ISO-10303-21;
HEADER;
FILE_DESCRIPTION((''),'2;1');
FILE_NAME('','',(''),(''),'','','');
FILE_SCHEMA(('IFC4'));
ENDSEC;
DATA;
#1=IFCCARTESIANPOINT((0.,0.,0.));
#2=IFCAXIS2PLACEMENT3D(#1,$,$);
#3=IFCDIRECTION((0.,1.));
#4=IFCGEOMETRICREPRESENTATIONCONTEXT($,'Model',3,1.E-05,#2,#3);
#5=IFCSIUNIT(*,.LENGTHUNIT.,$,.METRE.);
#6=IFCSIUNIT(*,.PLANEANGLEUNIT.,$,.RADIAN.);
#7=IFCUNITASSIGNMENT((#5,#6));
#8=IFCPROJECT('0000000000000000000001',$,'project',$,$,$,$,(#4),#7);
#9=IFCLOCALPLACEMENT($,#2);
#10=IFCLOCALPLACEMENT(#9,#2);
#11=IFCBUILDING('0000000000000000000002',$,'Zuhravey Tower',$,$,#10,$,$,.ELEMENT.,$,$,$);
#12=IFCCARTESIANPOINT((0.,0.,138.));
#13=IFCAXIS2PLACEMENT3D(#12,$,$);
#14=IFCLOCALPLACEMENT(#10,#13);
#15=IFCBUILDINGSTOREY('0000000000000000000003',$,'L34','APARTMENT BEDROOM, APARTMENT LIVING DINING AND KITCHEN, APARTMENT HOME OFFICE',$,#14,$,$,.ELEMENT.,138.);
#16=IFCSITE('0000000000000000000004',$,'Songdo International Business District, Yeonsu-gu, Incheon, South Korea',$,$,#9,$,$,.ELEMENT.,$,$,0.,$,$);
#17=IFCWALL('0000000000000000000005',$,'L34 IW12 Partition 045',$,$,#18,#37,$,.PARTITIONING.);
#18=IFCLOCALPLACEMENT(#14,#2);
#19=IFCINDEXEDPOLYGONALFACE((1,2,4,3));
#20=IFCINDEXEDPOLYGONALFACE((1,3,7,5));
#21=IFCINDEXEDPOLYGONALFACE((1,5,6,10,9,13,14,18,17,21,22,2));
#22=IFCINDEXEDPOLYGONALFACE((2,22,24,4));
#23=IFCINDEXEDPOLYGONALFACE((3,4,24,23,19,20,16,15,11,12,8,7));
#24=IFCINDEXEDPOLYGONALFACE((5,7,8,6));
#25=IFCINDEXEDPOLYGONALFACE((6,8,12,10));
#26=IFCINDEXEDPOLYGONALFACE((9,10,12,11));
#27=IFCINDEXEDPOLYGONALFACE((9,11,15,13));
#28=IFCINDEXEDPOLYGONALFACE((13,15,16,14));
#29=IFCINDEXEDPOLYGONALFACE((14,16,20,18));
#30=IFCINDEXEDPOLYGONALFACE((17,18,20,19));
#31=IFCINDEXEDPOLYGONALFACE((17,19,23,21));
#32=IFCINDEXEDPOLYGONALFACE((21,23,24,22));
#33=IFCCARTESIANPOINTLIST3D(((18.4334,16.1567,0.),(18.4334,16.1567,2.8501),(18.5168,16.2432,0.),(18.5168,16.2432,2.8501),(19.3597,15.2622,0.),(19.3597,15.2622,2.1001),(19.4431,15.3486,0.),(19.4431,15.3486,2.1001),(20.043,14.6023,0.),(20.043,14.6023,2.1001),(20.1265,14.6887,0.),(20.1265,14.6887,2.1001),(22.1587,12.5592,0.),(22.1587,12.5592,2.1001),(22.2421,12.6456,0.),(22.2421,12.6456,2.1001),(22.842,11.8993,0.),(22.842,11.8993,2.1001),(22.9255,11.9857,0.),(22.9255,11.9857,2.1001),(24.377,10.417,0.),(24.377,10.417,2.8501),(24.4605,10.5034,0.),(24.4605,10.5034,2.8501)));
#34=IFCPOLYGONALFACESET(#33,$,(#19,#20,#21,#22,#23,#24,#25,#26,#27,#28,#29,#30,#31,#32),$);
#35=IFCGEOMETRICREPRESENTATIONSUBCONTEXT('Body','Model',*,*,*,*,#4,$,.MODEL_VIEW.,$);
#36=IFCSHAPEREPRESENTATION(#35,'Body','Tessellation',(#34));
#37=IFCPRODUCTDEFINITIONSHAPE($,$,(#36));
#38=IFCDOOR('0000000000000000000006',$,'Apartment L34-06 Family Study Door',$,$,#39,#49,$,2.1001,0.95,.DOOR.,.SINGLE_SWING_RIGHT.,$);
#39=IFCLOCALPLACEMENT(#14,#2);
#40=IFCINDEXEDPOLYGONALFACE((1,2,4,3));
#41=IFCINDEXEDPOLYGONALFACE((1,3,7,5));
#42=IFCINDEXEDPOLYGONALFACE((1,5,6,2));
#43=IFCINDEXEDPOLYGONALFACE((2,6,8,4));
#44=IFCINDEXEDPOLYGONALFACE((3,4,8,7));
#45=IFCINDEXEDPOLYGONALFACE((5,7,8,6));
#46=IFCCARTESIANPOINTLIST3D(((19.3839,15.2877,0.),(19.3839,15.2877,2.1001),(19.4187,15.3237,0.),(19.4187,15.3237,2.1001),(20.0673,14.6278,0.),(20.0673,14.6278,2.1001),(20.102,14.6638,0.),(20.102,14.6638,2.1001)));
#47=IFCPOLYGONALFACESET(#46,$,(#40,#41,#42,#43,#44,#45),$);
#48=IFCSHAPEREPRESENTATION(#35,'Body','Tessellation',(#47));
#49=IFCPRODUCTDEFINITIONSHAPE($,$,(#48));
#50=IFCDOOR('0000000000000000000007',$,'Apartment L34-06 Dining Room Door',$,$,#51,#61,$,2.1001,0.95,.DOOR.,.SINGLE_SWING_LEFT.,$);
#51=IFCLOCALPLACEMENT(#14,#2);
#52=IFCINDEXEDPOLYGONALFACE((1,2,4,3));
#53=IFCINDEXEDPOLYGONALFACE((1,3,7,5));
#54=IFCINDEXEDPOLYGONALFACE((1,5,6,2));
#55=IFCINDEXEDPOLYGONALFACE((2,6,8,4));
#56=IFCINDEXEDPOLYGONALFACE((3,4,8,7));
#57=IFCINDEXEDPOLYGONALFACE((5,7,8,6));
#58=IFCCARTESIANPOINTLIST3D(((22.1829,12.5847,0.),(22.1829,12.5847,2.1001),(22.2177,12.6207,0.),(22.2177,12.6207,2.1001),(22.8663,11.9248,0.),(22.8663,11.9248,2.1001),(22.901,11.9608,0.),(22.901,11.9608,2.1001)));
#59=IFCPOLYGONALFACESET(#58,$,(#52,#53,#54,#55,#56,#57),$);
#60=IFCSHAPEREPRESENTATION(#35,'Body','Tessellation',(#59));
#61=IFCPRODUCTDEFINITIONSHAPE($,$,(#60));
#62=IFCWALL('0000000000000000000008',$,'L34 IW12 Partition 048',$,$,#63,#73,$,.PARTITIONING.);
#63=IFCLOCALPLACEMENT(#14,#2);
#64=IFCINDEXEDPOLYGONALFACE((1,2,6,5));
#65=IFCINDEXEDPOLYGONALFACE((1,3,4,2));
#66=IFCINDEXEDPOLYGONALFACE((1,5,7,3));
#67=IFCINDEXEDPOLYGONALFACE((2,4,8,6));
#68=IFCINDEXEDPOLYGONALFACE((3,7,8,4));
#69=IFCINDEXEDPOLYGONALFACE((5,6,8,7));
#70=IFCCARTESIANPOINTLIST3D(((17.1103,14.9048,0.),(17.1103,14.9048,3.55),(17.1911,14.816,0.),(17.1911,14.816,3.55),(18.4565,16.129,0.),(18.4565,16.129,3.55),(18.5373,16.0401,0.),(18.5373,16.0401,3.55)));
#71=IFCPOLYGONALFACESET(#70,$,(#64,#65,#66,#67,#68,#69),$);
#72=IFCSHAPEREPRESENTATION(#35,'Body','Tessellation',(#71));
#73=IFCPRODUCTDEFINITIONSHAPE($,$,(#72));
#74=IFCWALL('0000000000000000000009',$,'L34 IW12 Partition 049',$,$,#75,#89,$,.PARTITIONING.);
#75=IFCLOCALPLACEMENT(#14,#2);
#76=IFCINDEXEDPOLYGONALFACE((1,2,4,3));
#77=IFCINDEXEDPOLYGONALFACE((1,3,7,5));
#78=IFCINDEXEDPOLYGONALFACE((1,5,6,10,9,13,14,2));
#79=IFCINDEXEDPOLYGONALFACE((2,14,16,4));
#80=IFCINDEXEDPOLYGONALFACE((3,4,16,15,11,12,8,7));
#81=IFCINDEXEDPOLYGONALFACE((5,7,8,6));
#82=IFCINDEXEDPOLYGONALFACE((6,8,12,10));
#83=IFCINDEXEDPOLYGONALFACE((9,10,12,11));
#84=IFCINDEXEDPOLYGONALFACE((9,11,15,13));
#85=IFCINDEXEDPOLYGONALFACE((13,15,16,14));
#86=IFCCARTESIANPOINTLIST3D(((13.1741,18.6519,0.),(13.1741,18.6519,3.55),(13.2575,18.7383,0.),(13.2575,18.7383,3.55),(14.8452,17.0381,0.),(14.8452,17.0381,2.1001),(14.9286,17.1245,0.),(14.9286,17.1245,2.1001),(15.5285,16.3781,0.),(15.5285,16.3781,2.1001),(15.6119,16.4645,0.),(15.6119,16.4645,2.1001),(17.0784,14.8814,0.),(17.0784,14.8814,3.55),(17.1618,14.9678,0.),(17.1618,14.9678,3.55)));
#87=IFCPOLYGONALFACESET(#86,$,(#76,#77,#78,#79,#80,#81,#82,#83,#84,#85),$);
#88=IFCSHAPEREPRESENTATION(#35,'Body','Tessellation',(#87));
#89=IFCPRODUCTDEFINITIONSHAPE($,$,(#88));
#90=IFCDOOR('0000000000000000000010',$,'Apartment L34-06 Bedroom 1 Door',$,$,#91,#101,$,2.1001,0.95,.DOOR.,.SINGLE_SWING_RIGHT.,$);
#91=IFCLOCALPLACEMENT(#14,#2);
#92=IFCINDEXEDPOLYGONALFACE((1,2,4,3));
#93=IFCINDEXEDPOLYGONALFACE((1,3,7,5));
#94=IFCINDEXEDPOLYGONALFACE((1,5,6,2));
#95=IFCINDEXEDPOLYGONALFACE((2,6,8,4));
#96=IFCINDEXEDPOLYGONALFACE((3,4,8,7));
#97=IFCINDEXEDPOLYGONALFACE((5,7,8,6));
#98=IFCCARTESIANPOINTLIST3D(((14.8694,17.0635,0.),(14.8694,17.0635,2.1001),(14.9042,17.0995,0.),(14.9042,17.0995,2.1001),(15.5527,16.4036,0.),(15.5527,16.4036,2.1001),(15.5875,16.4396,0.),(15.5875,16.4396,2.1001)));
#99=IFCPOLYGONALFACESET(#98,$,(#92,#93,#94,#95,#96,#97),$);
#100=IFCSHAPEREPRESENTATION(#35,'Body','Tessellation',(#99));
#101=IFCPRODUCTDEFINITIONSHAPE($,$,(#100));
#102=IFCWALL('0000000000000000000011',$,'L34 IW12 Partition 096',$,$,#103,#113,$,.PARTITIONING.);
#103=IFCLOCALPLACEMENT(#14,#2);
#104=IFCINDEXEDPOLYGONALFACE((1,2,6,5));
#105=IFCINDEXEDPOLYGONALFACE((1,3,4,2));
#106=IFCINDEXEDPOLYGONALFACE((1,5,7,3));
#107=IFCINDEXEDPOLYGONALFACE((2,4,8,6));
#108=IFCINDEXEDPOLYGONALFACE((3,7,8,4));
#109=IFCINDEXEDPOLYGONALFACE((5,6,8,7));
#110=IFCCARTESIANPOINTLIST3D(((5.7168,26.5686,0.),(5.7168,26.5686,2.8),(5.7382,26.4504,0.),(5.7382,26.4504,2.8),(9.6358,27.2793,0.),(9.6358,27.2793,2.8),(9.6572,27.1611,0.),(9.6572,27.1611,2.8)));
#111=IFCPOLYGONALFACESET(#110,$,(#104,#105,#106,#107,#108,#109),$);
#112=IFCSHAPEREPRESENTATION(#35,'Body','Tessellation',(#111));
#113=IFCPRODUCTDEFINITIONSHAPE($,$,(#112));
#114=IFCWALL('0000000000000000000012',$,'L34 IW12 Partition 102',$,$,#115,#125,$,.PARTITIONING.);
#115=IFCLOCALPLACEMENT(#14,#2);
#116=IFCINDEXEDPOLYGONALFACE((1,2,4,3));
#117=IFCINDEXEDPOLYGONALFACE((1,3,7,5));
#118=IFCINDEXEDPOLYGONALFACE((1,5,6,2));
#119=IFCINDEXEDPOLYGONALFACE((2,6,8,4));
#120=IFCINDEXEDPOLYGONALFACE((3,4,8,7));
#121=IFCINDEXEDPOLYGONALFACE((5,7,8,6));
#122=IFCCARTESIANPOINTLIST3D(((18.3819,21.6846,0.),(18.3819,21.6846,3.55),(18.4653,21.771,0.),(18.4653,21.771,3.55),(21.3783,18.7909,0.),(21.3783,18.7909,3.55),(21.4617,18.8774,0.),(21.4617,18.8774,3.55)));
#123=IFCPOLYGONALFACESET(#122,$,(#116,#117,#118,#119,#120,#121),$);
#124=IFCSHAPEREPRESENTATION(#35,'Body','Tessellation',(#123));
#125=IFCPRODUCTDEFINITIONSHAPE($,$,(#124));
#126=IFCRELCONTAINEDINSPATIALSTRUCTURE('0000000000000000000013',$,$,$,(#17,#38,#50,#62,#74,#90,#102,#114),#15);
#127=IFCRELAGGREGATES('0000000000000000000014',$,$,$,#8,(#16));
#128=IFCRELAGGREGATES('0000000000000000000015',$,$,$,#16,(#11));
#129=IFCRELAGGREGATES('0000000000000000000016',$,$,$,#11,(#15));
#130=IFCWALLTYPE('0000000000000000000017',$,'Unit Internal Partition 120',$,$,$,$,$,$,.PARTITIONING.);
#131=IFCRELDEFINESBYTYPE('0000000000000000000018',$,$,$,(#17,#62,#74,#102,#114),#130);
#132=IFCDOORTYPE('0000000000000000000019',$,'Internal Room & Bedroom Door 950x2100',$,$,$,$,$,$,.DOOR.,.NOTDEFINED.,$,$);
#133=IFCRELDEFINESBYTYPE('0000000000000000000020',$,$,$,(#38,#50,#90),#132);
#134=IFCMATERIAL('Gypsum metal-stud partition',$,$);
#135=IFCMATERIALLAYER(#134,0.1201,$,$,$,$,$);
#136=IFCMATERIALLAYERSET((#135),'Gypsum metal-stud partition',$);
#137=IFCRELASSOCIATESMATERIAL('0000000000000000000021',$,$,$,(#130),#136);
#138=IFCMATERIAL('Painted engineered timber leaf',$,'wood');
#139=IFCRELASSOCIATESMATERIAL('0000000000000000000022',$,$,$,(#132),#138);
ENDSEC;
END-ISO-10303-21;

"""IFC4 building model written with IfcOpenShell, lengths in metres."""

from ifc_helpers import new_model, si_unit, direction, frame, frame_2d, origin, place, context, subcontext, project, spatial, rectangle, extrude, material, layer, layer_set, type_object, element, fill, save


model = new_model("IFC4")

# Units and contexts
model_context = context("Model", 3, precision=1e-05, world=origin(), true_north=direction((0.0, 1.0)))
body_context = subcontext(model_context, "Body", "Model", "MODEL_VIEW")
ifc_project = project(units=[si_unit("LENGTHUNIT", "METRE"), si_unit("PLANEANGLEUNIT", "RADIAN")], contexts=[model_context])

# Site, building, storey
site_placement = place(None, origin())
site = spatial("IfcSite", under=ifc_project, at=site_placement, Name="Songdo International Business District, Yeonsu-gu, Incheon, South Korea", CompositionType="ELEMENT", RefElevation=0.0)
building_placement = place(site_placement, origin())
building = spatial("IfcBuilding", under=site, at=building_placement, Name="Zuhravey Tower", CompositionType="ELEMENT")
storey_placement = place(building_placement, frame((0.0, 0.0, 138.0)))
storey = spatial("IfcBuildingStorey", under=building, at=storey_placement, Name="L34", Description="APARTMENT BEDROOM, APARTMENT LIVING DINING AND KITCHEN, APARTMENT HOME OFFICE", CompositionType="ELEMENT", Elevation=138.0)

# Shared definitions
ifc_material_1 = material(Name="Gypsum metal-stud partition")
ifc_layer_1 = layer(ifc_material_1, 0.1201)
ifc_layer_set_1 = layer_set([ifc_layer_1], Name="Gypsum metal-stud partition")
wall_type = type_object("IfcWallType", Name="Unit Internal Partition 120", PredefinedType="PARTITIONING", material=ifc_layer_set_1)

# Shared definitions
ifc_material_2 = material(Name="Painted engineered timber leaf", Category="wood")
door_type = type_object("IfcDoorType", Name="Internal Room & Bedroom Door 950x2100", OperationType="NOTDEFINED", PredefinedType="DOOR", material=ifc_material_2)

# Wall, openings, doors
wall_1_placement = place(storey_placement, frame((18.4751, 16.2, 0.0), z_axis=(0.0, 0.0, 1.0), x_axis=(0.719335, -0.694663, 0.0)))
wall_1 = element("IfcWall", 1, at=wall_1_placement, inside=storey, type_object=wall_type, Name="L34 IW12 Partition 045", PredefinedType="PARTITIONING", context=body_context, shape_type="SweptSolid", body=[
    extrude(rectangle(XDim=8.2627, YDim=0.1201, at=frame_2d((4.1313, 0.0))), origin(), (0.0, 0.0, 1.0), 2.8501),
])
opening_1_placement = place(wall_1_placement, frame((1.2876, 0.0, 0.0)))
opening_1 = element("IfcOpeningElement", 2, at=opening_1_placement, cuts=wall_1, PredefinedType="OPENING", context=body_context, shape_type="SweptSolid", body=[
    extrude(rectangle(XDim=0.95, YDim=2.1001, at=frame_2d((0.4751, 1.05))), frame((0.0, 0.072, 0.0), z_axis=(0.0, -1.0, 0.0), x_axis=(1.0, 0.0, 0.0)), (0.0, 0.0, 1.0), 0.144),
])
opening_2_placement = place(wall_1_placement, frame((5.1787, 0.0, 0.0)))
opening_2 = element("IfcOpeningElement", 3, at=opening_2_placement, cuts=wall_1, PredefinedType="OPENING", context=body_context, shape_type="SweptSolid", body=[
    extrude(rectangle(XDim=0.95, YDim=2.1001, at=frame_2d((0.4751, 1.05))), frame((0.0, 0.072, 0.0), z_axis=(0.0, -1.0, 0.0), x_axis=(1.0, 0.0, 0.0)), (0.0, 0.0, 1.0), 0.144),
])
door_1_placement = place(opening_1_placement, frame((0.95, 0.0, 0.0), z_axis=(0.0, 0.0, 1.0), x_axis=(-1.0, 0.0, 0.0)))
door_1 = element("IfcDoor", 4, at=door_1_placement, inside=storey, type_object=door_type, Name="Apartment L34-06 Family Study Door", OperationType="SINGLE_SWING_RIGHT", OverallHeight=2.1001, OverallWidth=0.95, PredefinedType="DOOR", context=body_context, shape_type="SweptSolid", body=[
    extrude(rectangle(XDim=0.95, YDim=2.1001, at=frame_2d((0.4751, 1.05))), frame((0.0, 0.0249, 0.0), z_axis=(0.0, -1.0, 0.0), x_axis=(1.0, 0.0, 0.0)), (0.0, 0.0, 1.0), 0.05),
])
fill(opening_1, door_1)
door_2_placement = place(opening_2_placement, frame((0.95, 0.0, 0.0), z_axis=(0.0, 0.0, 1.0), x_axis=(-1.0, 0.0, 0.0)))
door_2 = element("IfcDoor", 5, at=door_2_placement, inside=storey, type_object=door_type, Name="Apartment L34-06 Dining Room Door", OperationType="SINGLE_SWING_LEFT", OverallHeight=2.1001, OverallWidth=0.95, PredefinedType="DOOR", context=body_context, shape_type="SweptSolid", body=[
    extrude(rectangle(XDim=0.95, YDim=2.1001, at=frame_2d((0.4751, 1.05))), frame((0.0, 0.0249, 0.0), z_axis=(0.0, -1.0, 0.0), x_axis=(1.0, 0.0, 0.0)), (0.0, 0.0, 1.0), 0.05),
])
fill(opening_2, door_2)

# Wall
wall_2_placement = place(storey_placement, frame((18.4968, 16.0845, 0.0), z_axis=(0.0, 0.0, 1.0), x_axis=(-0.739855, -0.672766, 0.0)))
element("IfcWall", 6, at=wall_2_placement, inside=storey, type_object=wall_type, Name="L34 IW12 Partition 048", PredefinedType="PARTITIONING", context=body_context, shape_type="SweptSolid", body=[
    extrude(rectangle(XDim=1.8196, YDim=0.1201, at=frame_2d((0.9097, 0.0))), origin(), (0.0, 0.0, 1.0), 3.55),
])

# Wall, opening, door
wall_3_placement = place(storey_placement, frame((13.2158, 18.6951, 0.0), z_axis=(0.0, 0.0, 1.0), x_axis=(0.719324, -0.694675, 0.0)))
wall_3 = element("IfcWall", 7, at=wall_3_placement, inside=storey, type_object=wall_type, Name="L34 IW12 Partition 049", PredefinedType="PARTITIONING", context=body_context, shape_type="SweptSolid", body=[
    extrude(rectangle(XDim=5.4277, YDim=0.1201, at=frame_2d((2.7139, 0.0))), origin(), (0.0, 0.0, 1.0), 3.55),
])
opening_3_placement = place(wall_3_placement, frame((2.323, 0.0, 0.0)))
opening_3 = element("IfcOpeningElement", 8, at=opening_3_placement, cuts=wall_3, PredefinedType="OPENING", context=body_context, shape_type="SweptSolid", body=[
    extrude(rectangle(XDim=0.95, YDim=2.1001, at=frame_2d((0.4751, 1.05))), frame((0.0, 0.072, 0.0), z_axis=(0.0, -1.0, 0.0), x_axis=(1.0, 0.0, 0.0)), (0.0, 0.0, 1.0), 0.144),
])
door_3_placement = place(opening_3_placement, frame((0.95, 0.0, 0.0), z_axis=(0.0, 0.0, 1.0), x_axis=(-1.0, 0.0, 0.0)))
door_3 = element("IfcDoor", 9, at=door_3_placement, inside=storey, type_object=door_type, Name="Apartment L34-06 Bedroom 1 Door", OperationType="SINGLE_SWING_RIGHT", OverallHeight=2.1001, OverallWidth=0.95, PredefinedType="DOOR", context=body_context, shape_type="SweptSolid", body=[
    extrude(rectangle(XDim=0.95, YDim=2.1001, at=frame_2d((0.4751, 1.05))), frame((0.0, 0.0249, 0.0), z_axis=(0.0, -1.0, 0.0), x_axis=(1.0, 0.0, 0.0)), (0.0, 0.0, 1.0), 0.05),
])
fill(opening_3, door_3)

# Walls
wall_4_placement = place(storey_placement, frame((9.6465, 27.2202, 0.0), z_axis=(0.0, 0.0, 1.0), x_axis=(-0.983951, -0.178438, 0.0)))
element("IfcWall", 10, at=wall_4_placement, inside=storey, type_object=wall_type, Name="L34 IW12 Partition 096", PredefinedType="PARTITIONING", context=body_context, shape_type="SweptSolid", body=[
    extrude(rectangle(XDim=3.9829, YDim=0.1201, at=frame_2d((1.9915, 0.0))), origin(), (0.0, 0.0, 1.0), 2.8),
])
wall_5_placement = place(storey_placement, frame((18.4236, 21.7278, 0.0), z_axis=(0.0, 0.0, 1.0), x_axis=(0.719337, -0.694661, 0.0)))
element("IfcWall", 11, at=wall_5_placement, inside=storey, type_object=wall_type, Name="L34 IW12 Partition 102", PredefinedType="PARTITIONING", context=body_context, shape_type="SweptSolid", body=[
    extrude(rectangle(XDim=4.1655, YDim=0.1201, at=frame_2d((2.0828, 0.0))), origin(), (0.0, 0.0, 1.0), 3.55),
])

save(model, "model.ifc")
